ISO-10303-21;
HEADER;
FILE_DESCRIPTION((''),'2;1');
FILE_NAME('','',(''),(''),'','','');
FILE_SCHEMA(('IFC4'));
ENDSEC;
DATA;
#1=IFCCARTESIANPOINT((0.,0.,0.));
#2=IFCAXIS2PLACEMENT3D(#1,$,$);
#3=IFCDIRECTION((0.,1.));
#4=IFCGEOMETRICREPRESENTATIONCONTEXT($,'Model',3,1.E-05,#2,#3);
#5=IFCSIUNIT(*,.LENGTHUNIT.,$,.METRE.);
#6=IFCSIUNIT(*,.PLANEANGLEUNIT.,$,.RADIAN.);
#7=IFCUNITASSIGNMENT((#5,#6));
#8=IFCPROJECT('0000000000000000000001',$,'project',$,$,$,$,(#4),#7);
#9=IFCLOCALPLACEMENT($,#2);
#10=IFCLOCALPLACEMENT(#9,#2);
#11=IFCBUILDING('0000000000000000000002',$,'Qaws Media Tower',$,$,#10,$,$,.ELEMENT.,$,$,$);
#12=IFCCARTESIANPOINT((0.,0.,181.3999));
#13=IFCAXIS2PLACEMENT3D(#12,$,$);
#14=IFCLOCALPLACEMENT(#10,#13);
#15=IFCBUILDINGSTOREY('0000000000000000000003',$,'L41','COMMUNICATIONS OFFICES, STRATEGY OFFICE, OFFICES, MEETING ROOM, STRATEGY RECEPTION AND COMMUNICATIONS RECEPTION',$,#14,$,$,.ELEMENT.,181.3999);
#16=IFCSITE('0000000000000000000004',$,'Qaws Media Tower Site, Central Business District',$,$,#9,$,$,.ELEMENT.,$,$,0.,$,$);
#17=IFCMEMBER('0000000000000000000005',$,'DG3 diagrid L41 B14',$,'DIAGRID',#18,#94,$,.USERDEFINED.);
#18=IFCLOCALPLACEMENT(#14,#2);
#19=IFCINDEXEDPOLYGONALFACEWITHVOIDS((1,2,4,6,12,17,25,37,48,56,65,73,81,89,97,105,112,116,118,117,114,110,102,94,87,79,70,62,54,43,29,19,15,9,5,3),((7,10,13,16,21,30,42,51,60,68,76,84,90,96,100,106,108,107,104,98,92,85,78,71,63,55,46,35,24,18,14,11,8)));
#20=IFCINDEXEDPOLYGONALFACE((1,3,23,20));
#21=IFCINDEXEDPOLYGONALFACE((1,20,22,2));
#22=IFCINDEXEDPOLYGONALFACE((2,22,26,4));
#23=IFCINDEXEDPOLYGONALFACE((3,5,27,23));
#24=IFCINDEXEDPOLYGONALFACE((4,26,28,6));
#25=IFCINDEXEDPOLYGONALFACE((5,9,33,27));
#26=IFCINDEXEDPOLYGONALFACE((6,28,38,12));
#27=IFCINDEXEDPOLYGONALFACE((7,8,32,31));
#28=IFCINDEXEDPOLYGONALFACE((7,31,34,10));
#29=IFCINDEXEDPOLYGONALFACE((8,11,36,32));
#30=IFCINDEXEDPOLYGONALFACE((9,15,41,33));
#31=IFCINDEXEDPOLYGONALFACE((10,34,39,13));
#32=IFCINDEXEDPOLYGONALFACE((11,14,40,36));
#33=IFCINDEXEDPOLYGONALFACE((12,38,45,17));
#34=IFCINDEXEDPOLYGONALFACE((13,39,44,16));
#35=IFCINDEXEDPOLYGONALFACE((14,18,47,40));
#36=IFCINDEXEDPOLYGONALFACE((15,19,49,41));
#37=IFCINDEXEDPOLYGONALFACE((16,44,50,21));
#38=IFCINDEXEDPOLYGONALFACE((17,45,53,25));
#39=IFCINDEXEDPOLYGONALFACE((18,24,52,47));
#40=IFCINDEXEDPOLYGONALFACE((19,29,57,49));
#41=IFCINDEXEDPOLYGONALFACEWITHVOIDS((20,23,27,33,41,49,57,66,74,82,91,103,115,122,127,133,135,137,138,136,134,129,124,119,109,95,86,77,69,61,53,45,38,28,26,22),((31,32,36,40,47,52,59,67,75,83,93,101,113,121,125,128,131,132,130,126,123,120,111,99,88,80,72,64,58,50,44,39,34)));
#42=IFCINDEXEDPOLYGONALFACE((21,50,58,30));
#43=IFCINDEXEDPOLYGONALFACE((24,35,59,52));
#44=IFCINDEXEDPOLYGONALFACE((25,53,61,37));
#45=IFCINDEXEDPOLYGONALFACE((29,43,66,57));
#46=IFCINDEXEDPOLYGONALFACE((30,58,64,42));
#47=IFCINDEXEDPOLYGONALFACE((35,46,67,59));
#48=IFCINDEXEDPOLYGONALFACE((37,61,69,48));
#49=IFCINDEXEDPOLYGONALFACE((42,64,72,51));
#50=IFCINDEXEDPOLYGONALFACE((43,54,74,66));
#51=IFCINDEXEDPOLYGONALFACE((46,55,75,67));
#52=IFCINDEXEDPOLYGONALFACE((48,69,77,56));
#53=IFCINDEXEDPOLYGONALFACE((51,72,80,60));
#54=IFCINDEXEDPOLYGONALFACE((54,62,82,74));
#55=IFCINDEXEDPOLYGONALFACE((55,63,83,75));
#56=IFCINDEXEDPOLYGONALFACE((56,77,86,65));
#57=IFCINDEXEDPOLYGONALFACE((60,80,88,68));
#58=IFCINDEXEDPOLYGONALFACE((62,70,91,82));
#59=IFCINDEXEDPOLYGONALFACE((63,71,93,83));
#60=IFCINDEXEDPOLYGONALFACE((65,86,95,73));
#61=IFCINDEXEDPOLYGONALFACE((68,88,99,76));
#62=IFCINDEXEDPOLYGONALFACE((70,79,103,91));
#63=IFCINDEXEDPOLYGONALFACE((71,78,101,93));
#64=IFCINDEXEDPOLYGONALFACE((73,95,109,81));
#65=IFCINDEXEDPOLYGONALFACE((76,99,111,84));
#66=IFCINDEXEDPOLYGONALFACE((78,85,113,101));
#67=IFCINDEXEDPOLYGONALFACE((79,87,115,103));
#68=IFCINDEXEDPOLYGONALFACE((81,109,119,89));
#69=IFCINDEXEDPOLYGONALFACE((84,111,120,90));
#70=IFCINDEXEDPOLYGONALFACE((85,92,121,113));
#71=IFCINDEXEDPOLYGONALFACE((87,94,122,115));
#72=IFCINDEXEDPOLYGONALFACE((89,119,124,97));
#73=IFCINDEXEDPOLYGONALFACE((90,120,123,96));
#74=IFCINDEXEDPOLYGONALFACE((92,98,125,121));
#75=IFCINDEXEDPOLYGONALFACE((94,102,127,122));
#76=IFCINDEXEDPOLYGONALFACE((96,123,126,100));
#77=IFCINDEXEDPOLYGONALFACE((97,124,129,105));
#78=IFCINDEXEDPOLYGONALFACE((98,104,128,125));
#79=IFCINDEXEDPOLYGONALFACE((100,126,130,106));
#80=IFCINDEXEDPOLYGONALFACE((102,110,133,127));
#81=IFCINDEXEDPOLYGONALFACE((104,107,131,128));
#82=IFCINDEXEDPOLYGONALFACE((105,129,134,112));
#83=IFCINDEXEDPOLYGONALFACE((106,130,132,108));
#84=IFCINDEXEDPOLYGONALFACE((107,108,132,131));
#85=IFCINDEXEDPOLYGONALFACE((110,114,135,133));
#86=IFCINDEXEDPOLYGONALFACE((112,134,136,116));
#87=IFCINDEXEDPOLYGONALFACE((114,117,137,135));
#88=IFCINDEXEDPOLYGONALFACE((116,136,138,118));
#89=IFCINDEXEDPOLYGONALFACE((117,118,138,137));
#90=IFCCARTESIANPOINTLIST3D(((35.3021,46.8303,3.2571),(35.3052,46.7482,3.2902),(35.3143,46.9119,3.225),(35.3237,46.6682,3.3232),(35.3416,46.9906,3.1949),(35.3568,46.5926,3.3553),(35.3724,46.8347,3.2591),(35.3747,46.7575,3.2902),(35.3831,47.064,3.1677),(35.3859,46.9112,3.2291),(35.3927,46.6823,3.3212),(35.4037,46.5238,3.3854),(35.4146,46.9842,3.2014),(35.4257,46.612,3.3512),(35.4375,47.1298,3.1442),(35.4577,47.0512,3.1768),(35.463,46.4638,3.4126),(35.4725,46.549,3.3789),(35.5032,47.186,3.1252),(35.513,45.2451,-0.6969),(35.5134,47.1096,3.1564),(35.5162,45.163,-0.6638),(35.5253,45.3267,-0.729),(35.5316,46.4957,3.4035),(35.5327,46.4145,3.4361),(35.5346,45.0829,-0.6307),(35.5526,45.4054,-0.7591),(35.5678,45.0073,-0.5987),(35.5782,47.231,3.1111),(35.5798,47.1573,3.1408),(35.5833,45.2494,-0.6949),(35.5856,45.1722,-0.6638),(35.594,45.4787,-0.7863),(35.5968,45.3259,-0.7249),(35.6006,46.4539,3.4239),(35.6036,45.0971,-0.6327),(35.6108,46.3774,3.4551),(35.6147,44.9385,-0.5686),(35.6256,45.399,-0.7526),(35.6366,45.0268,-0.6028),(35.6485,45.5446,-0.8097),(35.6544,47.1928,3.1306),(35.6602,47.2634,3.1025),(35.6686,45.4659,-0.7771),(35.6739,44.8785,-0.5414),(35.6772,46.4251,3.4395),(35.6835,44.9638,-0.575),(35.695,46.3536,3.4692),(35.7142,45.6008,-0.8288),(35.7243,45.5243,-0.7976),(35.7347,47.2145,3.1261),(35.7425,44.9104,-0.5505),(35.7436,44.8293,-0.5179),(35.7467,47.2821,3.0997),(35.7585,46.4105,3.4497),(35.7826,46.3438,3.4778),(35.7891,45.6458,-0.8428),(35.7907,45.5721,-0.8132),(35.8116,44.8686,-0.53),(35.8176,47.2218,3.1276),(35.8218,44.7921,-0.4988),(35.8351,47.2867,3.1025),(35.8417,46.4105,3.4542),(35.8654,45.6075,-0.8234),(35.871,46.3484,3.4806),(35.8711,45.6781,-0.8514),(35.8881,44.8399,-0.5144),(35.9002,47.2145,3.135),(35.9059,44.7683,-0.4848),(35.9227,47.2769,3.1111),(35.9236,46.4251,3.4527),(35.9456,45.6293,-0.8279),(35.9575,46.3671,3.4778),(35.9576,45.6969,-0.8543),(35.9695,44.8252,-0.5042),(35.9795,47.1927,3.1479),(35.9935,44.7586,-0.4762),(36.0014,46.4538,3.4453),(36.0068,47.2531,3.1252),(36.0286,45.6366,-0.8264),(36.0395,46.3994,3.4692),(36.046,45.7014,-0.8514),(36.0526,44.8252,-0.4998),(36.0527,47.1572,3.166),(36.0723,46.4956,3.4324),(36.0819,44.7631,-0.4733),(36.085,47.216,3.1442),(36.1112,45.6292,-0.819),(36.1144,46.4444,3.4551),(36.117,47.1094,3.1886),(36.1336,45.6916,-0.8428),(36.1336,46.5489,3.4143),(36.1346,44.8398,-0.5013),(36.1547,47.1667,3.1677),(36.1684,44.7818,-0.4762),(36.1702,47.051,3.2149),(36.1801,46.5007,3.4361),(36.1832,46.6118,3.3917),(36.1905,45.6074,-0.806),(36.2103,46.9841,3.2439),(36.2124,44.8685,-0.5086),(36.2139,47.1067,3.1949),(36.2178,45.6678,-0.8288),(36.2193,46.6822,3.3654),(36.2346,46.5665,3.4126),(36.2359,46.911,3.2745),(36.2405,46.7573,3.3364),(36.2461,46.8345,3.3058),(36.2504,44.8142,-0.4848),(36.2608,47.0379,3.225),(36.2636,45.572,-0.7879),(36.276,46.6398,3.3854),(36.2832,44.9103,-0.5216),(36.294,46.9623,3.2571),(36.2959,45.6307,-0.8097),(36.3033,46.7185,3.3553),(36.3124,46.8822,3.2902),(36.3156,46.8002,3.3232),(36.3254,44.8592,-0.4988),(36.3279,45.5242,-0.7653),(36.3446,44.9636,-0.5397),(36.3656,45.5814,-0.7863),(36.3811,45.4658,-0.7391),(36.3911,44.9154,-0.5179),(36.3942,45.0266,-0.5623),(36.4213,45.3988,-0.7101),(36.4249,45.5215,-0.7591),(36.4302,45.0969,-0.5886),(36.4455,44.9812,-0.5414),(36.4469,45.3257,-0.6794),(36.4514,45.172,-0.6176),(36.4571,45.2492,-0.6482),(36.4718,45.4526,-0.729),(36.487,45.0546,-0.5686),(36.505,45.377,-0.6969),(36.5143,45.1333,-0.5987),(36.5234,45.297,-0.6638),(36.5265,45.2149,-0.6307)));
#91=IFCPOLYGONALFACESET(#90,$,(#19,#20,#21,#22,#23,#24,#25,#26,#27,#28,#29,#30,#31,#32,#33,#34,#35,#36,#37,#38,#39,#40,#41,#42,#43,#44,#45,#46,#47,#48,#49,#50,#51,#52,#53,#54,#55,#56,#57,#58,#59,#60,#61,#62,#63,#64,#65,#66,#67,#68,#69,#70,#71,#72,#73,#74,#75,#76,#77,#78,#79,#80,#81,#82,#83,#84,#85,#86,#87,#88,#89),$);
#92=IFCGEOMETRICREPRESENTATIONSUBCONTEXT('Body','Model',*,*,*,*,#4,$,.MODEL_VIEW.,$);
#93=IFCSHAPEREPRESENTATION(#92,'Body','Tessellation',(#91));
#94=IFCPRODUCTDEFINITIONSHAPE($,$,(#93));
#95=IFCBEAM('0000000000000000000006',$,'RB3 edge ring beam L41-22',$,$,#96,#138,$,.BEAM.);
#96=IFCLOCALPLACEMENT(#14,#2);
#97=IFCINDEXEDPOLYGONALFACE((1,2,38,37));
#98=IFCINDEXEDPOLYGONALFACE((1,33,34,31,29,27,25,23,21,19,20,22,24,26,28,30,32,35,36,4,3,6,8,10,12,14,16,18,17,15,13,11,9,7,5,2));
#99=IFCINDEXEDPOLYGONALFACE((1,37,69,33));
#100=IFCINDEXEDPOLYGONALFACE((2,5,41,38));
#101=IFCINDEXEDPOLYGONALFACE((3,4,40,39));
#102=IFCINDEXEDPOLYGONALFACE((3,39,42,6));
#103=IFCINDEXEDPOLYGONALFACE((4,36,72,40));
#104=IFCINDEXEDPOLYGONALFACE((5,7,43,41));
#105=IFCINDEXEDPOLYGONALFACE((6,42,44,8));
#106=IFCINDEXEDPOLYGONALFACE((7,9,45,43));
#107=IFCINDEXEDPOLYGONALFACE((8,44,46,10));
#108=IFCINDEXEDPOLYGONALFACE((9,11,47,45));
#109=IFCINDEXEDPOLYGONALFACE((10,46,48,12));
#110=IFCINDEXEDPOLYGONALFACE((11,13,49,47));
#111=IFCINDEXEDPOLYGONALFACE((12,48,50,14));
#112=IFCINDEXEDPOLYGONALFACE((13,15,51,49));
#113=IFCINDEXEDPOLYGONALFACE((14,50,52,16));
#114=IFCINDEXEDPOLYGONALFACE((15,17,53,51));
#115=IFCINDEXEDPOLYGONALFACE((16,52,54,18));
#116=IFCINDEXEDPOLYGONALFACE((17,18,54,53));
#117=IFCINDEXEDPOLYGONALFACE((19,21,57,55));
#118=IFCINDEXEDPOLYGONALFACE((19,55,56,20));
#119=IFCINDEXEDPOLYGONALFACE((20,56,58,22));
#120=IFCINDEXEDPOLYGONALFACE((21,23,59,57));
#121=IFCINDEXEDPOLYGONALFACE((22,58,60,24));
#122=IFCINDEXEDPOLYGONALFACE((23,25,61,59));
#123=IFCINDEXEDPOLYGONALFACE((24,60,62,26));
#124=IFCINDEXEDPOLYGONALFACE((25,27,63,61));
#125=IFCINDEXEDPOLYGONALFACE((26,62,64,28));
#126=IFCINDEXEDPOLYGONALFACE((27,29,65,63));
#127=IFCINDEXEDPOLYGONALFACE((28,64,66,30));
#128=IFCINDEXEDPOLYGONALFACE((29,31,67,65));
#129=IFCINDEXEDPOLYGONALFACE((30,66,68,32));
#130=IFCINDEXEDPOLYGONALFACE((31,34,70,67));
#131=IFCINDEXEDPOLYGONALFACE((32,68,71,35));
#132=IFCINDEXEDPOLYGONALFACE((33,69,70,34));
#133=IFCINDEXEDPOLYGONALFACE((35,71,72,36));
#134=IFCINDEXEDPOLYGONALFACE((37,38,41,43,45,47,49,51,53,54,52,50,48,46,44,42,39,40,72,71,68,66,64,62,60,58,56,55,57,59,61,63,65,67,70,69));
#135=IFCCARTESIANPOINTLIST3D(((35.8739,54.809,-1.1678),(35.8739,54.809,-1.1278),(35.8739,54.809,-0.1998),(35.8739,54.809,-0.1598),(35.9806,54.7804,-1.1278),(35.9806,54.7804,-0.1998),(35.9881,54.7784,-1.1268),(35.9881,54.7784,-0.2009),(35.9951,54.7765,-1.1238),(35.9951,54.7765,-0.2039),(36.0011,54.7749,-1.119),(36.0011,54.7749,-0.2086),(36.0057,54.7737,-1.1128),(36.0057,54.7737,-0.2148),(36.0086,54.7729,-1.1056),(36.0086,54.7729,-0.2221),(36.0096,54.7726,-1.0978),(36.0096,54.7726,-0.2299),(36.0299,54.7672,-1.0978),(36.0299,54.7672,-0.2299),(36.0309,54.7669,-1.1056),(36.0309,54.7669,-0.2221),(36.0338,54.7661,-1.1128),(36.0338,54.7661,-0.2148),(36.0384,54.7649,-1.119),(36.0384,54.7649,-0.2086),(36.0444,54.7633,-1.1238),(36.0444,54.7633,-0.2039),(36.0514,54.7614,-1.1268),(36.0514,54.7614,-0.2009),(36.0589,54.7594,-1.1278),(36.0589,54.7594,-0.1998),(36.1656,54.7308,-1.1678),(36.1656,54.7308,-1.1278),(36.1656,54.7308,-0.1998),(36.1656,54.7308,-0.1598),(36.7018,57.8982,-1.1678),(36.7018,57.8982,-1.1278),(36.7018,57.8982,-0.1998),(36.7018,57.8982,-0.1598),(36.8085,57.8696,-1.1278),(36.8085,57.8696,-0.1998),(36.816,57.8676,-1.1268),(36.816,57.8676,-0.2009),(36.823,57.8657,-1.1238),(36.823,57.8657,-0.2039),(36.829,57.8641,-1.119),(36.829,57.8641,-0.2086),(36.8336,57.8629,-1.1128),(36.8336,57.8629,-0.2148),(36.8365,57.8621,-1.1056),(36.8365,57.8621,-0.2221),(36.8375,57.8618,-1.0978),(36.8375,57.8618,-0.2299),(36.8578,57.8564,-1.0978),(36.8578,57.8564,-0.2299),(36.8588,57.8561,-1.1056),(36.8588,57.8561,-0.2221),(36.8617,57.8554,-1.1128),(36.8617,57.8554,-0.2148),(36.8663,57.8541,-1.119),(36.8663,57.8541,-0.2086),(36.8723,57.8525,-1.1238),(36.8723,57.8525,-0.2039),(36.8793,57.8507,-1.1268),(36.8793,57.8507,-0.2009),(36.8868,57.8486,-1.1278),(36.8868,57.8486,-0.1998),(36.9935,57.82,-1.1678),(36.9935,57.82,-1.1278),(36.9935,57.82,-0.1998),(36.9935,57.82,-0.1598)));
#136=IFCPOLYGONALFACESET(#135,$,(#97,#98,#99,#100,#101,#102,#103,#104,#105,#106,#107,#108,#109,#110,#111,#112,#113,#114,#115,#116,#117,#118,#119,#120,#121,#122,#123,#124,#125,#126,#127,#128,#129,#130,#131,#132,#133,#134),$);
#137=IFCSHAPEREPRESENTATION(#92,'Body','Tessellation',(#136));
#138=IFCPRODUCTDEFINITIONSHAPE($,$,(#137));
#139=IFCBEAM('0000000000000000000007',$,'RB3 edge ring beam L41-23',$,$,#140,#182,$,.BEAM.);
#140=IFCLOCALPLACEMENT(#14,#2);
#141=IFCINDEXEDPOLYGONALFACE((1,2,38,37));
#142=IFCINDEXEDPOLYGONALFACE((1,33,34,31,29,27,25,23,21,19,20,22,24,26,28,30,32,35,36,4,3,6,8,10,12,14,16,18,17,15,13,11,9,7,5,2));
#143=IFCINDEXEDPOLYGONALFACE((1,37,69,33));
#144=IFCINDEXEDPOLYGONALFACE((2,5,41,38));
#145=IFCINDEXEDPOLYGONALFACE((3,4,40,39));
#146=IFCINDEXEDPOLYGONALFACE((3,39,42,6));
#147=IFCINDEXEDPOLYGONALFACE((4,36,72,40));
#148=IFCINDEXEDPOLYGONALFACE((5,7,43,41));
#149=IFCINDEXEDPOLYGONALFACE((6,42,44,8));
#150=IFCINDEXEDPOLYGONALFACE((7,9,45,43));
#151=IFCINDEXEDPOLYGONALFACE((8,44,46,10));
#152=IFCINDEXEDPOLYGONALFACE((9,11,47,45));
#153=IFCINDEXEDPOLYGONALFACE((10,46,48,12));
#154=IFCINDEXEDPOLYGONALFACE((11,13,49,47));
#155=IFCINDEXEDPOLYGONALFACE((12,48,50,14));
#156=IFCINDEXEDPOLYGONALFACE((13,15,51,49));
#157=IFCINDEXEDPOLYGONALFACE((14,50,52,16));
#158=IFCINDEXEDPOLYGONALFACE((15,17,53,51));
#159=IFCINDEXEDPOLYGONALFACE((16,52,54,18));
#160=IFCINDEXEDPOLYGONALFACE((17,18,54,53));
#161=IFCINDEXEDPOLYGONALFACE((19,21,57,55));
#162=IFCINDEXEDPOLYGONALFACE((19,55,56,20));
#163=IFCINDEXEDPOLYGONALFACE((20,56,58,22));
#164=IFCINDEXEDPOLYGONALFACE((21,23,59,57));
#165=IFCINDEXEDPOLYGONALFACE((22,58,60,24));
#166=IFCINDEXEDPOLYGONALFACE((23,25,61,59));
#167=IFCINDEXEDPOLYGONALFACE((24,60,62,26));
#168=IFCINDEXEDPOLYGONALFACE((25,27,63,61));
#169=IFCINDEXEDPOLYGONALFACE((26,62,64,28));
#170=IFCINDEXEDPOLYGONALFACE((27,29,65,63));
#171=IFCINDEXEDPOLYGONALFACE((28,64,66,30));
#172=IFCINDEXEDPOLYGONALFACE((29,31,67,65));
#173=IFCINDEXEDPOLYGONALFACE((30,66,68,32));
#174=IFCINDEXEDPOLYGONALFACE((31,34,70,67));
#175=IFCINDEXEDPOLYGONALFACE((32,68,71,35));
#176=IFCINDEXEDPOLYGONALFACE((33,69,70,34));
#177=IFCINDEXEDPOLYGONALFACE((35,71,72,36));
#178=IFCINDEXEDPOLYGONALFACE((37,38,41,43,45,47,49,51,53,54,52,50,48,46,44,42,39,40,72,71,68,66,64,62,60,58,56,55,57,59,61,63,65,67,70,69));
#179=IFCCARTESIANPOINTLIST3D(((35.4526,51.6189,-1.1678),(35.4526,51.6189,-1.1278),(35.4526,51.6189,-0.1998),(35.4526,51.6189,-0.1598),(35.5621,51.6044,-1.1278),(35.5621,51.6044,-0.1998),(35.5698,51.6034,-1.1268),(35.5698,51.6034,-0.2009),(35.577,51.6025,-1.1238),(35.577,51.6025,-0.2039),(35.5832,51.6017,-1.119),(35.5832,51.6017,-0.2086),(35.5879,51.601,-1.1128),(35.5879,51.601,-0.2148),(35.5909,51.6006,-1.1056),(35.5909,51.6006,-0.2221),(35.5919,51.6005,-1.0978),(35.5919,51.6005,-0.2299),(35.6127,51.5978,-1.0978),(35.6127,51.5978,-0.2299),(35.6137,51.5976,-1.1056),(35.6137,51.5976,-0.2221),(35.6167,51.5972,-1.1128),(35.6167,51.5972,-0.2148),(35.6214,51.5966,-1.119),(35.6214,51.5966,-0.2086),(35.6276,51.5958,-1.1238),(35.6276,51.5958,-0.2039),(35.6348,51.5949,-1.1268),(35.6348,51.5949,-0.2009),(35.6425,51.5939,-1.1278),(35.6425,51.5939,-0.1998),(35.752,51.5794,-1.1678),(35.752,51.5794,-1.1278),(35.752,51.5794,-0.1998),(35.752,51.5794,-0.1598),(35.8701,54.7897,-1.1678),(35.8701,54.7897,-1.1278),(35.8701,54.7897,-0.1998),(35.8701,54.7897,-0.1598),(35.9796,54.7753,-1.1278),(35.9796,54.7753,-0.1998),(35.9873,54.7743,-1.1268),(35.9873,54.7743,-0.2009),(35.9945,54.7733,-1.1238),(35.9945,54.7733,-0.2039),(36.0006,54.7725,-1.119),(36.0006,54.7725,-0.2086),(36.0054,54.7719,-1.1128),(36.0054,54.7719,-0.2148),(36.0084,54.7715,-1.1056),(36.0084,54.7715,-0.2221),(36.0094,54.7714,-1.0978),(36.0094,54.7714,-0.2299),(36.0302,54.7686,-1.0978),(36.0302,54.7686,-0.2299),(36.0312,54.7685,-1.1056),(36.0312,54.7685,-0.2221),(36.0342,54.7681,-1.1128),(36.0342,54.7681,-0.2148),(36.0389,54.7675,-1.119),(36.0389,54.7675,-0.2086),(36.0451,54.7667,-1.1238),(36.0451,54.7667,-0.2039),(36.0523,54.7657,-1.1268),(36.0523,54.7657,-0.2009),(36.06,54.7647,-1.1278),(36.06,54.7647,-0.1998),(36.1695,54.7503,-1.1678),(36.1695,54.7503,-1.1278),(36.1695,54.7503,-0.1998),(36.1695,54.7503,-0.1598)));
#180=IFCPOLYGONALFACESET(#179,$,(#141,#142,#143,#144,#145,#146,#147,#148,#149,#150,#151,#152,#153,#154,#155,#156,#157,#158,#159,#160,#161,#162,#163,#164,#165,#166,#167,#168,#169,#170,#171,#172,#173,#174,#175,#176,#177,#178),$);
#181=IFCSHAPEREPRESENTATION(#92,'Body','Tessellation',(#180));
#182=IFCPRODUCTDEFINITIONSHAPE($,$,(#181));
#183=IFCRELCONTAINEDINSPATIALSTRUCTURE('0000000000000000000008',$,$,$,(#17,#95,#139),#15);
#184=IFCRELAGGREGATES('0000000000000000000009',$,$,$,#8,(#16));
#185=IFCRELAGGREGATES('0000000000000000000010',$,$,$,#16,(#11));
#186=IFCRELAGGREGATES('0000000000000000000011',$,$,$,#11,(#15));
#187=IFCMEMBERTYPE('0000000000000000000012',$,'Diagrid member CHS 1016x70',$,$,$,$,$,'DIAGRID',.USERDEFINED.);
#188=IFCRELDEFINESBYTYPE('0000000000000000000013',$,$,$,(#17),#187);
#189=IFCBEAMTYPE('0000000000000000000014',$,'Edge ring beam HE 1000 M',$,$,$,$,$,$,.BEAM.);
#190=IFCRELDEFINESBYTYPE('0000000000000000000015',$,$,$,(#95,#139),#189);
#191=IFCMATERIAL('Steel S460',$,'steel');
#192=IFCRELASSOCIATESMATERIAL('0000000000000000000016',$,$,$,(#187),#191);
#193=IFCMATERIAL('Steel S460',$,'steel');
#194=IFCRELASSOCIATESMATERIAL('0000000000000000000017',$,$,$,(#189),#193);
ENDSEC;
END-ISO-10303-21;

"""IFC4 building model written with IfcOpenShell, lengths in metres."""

from ifc_helpers import new_model, si_unit, direction, frame, origin, origin_2d, place, context, subcontext, project, spatial, hollow_circle, i_section, extrude, material, material_profile, profile_set, type_object, element, save


model = new_model("IFC4")

# Units and contexts
model_context = context("Model", 3, precision=1e-05, world=origin(), true_north=direction((0.0, 1.0)))
body_context = subcontext(model_context, "Body", "Model", "MODEL_VIEW")
ifc_project = project(units=[si_unit("LENGTHUNIT", "METRE"), si_unit("PLANEANGLEUNIT", "RADIAN")], contexts=[model_context])

# Site, building, storey
site_placement = place(None, origin())
site = spatial("IfcSite", under=ifc_project, at=site_placement, Name="Qaws Media Tower Site, Central Business District", CompositionType="ELEMENT", RefElevation=0.0)
building_placement = place(site_placement, origin())
building = spatial("IfcBuilding", under=site, at=building_placement, Name="Qaws Media Tower", CompositionType="ELEMENT")
storey_placement = place(building_placement, frame((0.0, 0.0, 181.3999)))
storey = spatial("IfcBuildingStorey", under=building, at=storey_placement, Name="L41", Description="COMMUNICATIONS OFFICES, STRATEGY OFFICE, OFFICES, MEETING ROOM, STRATEGY RECEPTION AND COMMUNICATIONS RECEPTION", CompositionType="ELEMENT", Elevation=181.3999)

# Member
ifc_material_1 = material(Name="Steel S460", Category="steel")
ifc_material_profile_1 = material_profile(ifc_material_1, hollow_circle(Radius=0.5081, WallThickness=0.0701, at=origin_2d()), Name="CHS 1016x70")
ifc_profile_set_1 = profile_set([ifc_material_profile_1], Name="Steel S460")
member_type_1 = type_object("IfcMemberType", Name="Diagrid member CHS 1016x70", ElementType="DIAGRID", PredefinedType="USERDEFINED", material=ifc_profile_set_1)
member_1_placement = place(storey_placement, frame((36.0198, 45.23, -0.6638), z_axis=(-0.049458, 0.371676, 0.927044), x_axis=(-0.991263, -0.131904, 0.0)))
element("IfcMember", 1, at=member_1_placement, inside=storey, type_object=member_type_1, Name="DG3 diagrid L41 B14", ObjectType="DIAGRID", PredefinedType="USERDEFINED", context=body_context, shape_type="SweptSolid", body=[
    extrude(hollow_circle(Radius=0.5081, WallThickness=0.0701, at=origin_2d()), origin(), (0.0, 0.0, 1.0), 4.2651),
])

# Beams
ifc_material_2 = material(Name="Steel S460", Category="steel")
ifc_material_profile_2 = material_profile(ifc_material_2, i_section(OverallWidth=0.302, OverallDepth=1.0081, WebThickness=0.021, FlangeThickness=0.04, FilletRadius=0.03, at=origin_2d()), Name="HE 1000 M")
ifc_profile_set_2 = profile_set([ifc_material_profile_2], Name="Steel S460")
beam_type = type_object("IfcBeamType", Name="Edge ring beam HE 1000 M", PredefinedType="BEAM", material=ifc_profile_set_2)
for number, where, z_axis, x_axis, name in (
    (2, (36.8477, 57.8591, -0.6638), (-0.258865, -0.965914, 0.0), (0.965914, -0.258865, 0.0), "RB3 edge ring beam L41-22"),
    (3, (36.0198, 54.77, -0.6638), (-0.130533, -0.991444, 0.0), (0.991444, -0.130533, 0.0), "RB3 edge ring beam L41-23"),
):
    element("IfcBeam", number, at=place(storey_placement, frame(where, z_axis=z_axis, x_axis=x_axis)), inside=storey, type_object=beam_type, Name=name, PredefinedType="BEAM", context=body_context, shape_type="SweptSolid", body=[
        extrude(i_section(OverallWidth=0.302, OverallDepth=1.0081, WebThickness=0.021, FlangeThickness=0.04, FilletRadius=0.03, at=origin_2d()), origin(), (0.0, 0.0, 1.0), 3.1982),
    ])

save(model, "model.ifc")
